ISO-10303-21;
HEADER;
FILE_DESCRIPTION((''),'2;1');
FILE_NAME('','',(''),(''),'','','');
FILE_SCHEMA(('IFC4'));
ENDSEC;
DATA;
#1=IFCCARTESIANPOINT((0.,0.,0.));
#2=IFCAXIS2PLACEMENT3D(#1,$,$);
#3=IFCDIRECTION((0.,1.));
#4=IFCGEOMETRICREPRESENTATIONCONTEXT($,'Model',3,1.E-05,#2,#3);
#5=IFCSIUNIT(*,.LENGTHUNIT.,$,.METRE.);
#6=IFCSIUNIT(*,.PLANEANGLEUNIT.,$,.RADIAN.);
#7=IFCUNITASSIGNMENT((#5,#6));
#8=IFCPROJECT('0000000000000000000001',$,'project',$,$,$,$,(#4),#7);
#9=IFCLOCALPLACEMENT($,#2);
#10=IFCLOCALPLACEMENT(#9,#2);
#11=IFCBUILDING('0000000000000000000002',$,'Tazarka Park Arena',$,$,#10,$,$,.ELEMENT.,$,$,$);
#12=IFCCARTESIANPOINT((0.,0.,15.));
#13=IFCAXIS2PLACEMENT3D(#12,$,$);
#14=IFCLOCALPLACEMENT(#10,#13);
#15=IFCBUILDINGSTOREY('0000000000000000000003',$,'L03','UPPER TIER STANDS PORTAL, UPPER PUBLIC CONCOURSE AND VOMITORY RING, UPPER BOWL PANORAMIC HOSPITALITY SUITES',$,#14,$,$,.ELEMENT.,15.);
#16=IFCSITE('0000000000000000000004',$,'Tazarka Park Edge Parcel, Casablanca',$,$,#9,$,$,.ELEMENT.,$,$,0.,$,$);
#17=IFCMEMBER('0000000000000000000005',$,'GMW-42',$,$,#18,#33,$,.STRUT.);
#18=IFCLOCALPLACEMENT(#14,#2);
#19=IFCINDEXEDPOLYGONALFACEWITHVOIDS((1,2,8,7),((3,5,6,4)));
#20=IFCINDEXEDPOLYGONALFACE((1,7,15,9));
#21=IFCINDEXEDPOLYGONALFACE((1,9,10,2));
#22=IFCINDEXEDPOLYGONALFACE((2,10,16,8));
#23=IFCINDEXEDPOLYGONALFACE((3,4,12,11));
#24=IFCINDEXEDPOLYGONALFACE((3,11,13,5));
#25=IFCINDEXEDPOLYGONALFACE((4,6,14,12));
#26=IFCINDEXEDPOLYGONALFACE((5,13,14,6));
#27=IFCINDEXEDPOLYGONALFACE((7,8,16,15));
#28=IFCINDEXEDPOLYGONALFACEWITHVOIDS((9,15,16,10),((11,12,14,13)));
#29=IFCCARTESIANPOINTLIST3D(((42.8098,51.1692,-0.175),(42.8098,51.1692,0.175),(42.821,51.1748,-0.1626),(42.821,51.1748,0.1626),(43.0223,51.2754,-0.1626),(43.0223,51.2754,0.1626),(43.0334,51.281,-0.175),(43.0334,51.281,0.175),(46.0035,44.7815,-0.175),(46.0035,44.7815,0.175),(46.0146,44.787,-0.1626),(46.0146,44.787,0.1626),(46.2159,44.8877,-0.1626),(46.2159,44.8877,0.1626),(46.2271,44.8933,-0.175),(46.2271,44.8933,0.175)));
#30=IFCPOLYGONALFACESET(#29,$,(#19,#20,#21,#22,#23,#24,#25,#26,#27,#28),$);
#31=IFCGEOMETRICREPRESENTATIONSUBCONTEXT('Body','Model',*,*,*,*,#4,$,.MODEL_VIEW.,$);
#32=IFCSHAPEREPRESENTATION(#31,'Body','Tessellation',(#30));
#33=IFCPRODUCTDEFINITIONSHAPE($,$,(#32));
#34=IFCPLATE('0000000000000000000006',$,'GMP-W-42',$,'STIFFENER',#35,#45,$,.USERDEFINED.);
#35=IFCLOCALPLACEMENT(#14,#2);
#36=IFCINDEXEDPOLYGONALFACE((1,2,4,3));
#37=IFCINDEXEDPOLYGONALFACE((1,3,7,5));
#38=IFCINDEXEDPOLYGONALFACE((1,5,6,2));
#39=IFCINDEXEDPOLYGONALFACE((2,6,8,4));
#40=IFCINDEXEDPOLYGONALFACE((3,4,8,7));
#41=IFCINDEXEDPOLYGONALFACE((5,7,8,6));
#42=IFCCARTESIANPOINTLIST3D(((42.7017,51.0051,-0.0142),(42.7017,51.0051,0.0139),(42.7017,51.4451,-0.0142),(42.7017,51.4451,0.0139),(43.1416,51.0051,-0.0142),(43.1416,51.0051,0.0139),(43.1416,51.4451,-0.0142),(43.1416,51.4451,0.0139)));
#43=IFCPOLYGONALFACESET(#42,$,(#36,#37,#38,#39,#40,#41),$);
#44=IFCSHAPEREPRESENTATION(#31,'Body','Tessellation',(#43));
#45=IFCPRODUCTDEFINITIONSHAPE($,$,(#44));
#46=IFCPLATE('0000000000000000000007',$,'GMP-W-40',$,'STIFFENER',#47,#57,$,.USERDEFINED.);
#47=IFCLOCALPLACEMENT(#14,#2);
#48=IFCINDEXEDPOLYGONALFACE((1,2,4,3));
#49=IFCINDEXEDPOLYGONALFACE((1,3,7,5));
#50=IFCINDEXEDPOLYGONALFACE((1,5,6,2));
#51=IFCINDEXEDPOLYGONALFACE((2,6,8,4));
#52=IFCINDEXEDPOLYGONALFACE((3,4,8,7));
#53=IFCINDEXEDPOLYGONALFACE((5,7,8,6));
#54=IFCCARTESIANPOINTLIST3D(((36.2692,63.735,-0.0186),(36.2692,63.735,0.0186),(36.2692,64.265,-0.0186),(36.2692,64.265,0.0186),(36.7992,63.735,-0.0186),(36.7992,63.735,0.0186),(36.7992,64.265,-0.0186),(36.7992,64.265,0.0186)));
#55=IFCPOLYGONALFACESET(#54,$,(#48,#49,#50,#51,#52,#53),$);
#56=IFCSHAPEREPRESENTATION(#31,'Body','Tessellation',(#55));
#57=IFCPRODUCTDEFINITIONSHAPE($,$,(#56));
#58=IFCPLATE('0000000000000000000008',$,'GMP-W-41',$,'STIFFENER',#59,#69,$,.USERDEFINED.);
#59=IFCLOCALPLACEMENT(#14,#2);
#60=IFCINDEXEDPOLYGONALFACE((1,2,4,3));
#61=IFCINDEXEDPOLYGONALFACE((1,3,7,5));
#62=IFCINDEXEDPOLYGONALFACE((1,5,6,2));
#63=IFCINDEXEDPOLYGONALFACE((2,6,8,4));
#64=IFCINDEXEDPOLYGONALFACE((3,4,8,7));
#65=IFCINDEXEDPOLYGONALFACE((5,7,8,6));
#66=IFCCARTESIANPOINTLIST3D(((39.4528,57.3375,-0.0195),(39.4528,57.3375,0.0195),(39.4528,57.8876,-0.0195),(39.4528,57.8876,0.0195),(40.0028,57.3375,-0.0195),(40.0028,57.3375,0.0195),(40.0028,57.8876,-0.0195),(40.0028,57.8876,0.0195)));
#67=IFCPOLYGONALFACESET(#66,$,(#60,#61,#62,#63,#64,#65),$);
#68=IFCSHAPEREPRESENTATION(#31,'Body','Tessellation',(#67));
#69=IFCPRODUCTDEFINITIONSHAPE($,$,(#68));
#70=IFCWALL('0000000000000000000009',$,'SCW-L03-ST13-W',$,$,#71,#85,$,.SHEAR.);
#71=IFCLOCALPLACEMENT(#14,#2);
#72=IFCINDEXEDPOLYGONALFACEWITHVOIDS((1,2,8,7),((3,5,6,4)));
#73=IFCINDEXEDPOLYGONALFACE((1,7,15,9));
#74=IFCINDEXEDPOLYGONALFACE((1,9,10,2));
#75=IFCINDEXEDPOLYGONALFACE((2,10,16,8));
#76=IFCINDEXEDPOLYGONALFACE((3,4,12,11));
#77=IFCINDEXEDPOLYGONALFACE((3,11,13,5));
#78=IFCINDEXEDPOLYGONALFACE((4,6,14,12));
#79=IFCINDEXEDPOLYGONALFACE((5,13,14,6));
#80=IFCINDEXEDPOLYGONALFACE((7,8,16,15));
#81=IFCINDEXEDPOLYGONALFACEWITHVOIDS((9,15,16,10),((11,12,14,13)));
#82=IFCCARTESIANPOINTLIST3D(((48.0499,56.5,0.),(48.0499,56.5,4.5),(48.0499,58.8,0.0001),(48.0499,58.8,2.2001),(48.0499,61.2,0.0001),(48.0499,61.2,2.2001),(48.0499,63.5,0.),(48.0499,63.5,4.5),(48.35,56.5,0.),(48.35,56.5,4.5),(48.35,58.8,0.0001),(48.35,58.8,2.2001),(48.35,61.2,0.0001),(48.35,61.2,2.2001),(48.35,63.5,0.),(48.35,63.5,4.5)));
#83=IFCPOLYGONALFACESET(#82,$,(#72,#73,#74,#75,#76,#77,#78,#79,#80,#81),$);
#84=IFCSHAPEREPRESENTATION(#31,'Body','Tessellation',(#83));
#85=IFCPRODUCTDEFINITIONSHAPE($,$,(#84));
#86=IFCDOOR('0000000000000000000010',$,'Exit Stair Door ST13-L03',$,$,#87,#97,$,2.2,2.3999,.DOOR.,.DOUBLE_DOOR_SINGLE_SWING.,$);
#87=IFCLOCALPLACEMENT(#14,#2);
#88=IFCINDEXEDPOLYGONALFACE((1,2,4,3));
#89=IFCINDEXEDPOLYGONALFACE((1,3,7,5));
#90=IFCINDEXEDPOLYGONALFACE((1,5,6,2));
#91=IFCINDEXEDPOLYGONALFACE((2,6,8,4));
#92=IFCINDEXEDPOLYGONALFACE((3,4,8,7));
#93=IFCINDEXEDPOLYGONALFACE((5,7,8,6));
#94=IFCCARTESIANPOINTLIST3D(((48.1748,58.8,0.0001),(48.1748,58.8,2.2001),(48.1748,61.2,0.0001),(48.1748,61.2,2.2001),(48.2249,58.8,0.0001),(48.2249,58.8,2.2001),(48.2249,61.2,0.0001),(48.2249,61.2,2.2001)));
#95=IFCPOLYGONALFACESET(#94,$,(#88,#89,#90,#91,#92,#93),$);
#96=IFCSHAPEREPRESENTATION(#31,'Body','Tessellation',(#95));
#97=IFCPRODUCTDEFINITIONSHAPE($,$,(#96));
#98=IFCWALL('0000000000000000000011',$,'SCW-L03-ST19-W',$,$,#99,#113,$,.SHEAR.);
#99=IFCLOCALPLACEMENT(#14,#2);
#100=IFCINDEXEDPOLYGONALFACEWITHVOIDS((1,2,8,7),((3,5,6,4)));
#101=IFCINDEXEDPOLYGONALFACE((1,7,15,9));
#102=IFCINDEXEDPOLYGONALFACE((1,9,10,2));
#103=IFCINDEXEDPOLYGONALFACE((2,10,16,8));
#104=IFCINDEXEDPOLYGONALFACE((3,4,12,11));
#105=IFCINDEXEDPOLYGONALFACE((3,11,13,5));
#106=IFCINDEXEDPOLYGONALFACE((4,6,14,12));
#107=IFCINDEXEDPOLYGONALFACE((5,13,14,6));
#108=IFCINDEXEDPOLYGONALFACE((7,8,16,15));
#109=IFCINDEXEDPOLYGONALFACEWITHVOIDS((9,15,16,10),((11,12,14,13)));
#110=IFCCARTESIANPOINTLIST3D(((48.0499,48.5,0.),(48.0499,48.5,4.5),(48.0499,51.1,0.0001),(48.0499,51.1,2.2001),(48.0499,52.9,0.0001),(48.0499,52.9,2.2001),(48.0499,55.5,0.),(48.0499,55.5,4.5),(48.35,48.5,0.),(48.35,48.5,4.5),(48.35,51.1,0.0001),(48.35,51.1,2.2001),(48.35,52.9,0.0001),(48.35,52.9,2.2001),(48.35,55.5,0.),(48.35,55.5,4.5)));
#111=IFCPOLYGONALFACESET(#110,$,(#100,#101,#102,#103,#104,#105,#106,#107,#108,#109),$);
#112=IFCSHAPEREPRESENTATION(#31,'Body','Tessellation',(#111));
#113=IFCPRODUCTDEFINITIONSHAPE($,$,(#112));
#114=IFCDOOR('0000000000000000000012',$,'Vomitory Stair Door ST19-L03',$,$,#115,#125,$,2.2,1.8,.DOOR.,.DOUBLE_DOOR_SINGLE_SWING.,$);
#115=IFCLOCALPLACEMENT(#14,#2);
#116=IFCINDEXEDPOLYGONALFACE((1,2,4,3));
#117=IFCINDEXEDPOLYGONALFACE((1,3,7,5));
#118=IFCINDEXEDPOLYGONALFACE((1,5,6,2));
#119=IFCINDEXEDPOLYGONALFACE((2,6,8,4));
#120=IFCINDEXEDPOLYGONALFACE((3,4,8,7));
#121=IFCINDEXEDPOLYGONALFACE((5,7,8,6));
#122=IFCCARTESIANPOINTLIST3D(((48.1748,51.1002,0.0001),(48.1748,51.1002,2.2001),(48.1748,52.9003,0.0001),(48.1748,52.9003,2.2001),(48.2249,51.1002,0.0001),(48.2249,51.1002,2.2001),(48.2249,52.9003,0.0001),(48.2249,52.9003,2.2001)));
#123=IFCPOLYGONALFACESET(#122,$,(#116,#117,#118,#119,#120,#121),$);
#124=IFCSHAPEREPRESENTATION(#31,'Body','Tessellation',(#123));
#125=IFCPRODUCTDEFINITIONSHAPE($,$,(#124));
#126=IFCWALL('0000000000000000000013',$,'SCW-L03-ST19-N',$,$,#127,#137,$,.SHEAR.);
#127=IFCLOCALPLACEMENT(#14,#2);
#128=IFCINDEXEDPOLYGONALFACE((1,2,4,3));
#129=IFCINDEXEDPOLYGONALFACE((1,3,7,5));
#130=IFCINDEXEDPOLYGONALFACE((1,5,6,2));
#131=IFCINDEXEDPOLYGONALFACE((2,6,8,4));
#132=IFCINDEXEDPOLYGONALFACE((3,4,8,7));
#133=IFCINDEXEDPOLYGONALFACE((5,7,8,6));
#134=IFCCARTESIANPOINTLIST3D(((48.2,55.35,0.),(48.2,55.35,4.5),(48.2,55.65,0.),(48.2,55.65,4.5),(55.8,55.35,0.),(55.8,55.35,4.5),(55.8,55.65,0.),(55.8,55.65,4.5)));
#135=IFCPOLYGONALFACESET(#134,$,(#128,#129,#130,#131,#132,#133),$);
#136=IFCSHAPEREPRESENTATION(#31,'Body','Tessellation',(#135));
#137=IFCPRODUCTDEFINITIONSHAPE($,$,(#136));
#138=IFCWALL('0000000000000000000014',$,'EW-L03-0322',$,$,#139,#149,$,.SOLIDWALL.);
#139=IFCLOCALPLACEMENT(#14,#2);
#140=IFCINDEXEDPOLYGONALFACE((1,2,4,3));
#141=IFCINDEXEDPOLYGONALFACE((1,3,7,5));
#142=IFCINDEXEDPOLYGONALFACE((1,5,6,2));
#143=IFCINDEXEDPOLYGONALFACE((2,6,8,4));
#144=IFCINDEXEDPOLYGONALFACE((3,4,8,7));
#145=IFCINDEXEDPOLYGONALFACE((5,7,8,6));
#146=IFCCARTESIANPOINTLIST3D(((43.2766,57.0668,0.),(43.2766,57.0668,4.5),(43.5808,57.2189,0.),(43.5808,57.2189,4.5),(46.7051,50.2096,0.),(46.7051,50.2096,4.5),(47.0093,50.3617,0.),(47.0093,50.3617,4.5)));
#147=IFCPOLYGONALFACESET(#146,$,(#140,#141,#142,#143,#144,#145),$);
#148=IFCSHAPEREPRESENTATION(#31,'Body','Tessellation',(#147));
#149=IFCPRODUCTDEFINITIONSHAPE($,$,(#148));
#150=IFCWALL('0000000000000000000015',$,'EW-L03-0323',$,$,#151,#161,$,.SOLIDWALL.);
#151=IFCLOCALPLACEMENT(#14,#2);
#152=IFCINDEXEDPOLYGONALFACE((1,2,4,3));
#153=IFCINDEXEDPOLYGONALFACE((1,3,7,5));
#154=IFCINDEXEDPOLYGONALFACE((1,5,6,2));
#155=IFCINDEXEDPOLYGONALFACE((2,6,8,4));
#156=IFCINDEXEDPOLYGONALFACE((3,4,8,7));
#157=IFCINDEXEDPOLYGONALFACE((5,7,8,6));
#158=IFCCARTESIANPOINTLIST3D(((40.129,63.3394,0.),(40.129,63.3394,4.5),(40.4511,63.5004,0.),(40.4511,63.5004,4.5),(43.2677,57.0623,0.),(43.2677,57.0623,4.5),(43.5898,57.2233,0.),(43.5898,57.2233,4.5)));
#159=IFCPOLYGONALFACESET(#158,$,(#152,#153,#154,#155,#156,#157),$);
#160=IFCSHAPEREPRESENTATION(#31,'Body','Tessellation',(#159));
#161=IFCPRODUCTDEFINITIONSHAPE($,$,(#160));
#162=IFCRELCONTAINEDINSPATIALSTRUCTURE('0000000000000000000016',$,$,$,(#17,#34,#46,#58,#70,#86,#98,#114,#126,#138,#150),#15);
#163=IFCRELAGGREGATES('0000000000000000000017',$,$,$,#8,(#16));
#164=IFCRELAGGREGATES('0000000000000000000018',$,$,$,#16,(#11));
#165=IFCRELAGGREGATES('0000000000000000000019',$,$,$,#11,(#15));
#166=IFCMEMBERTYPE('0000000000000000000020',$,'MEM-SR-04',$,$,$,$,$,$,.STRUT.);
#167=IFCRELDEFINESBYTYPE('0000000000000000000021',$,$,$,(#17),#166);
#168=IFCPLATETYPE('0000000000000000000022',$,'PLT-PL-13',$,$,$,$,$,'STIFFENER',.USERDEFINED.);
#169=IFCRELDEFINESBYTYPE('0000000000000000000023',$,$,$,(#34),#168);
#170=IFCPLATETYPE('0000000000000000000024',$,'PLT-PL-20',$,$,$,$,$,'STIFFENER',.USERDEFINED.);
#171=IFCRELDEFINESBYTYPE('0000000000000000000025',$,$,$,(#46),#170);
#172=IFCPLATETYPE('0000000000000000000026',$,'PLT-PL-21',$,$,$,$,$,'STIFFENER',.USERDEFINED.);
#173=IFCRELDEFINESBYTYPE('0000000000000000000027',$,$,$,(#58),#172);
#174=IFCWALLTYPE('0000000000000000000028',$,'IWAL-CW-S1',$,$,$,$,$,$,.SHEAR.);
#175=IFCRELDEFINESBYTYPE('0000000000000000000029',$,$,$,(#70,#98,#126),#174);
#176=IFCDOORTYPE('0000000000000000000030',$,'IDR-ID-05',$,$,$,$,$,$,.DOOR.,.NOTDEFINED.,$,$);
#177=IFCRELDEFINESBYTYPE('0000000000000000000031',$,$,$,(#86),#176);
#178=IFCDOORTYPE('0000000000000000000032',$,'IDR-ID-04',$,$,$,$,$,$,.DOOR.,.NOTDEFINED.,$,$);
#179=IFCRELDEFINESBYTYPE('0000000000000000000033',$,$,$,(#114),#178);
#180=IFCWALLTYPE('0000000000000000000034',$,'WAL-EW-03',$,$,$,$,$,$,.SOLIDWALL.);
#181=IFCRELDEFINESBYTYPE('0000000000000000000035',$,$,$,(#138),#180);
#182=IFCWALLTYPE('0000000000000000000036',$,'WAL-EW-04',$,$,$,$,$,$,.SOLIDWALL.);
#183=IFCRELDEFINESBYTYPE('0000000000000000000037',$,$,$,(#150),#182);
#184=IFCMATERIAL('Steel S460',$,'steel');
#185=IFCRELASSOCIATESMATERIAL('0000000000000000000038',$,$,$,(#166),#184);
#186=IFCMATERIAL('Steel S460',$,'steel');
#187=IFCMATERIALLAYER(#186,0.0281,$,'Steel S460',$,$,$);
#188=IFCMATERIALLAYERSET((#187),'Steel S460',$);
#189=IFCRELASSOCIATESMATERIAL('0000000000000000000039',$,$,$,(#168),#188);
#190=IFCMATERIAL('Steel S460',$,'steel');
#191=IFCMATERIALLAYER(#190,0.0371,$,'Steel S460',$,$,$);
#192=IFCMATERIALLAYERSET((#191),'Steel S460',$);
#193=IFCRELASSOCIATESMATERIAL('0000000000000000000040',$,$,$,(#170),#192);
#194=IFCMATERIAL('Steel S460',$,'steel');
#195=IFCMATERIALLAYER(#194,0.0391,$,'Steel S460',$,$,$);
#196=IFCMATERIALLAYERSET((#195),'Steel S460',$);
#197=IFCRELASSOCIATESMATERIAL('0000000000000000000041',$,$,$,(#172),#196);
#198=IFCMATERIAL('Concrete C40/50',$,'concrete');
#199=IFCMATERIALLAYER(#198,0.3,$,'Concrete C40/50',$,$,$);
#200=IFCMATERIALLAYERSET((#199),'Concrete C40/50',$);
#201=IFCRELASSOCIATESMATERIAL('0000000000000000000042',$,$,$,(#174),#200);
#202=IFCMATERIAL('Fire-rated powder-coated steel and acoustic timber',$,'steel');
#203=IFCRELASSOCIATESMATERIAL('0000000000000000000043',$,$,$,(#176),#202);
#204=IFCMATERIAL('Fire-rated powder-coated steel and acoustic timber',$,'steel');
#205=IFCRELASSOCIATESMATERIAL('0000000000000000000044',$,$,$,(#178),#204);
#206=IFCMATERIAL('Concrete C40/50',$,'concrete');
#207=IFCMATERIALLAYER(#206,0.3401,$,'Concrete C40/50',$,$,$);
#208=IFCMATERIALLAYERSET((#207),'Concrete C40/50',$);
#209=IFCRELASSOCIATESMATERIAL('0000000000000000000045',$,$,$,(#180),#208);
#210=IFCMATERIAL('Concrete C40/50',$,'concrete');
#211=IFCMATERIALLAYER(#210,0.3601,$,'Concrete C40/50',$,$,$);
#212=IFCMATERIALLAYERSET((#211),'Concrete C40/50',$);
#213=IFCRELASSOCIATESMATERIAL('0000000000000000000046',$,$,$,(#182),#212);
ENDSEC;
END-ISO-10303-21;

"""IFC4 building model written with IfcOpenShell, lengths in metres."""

from ifc_helpers import new_model, si_unit, direction, frame, frame_2d, origin, origin_2d, place, context, subcontext, project, spatial, rectangle, hollow_rectangle, extrude, material, layer, layer_set, material_profile, profile_set, type_object, element, fill, save


model = new_model("IFC4")

# Units and contexts
model_context = context("Model", 3, precision=1e-05, world=origin(), true_north=direction((0.0, 1.0)))
body_context = subcontext(model_context, "Body", "Model", "MODEL_VIEW")
ifc_project = project(units=[si_unit("LENGTHUNIT", "METRE"), si_unit("PLANEANGLEUNIT", "RADIAN")], contexts=[model_context])

# Site, building, storey
site_placement = place(None, origin())
site = spatial("IfcSite", under=ifc_project, at=site_placement, Name="Tazarka Park Edge Parcel, Casablanca", CompositionType="ELEMENT", RefElevation=0.0)
building_placement = place(site_placement, origin())
building = spatial("IfcBuilding", under=site, at=building_placement, Name="Tazarka Park Arena", CompositionType="ELEMENT")
storey_placement = place(building_placement, frame((0.0, 0.0, 15.0)))
storey = spatial("IfcBuildingStorey", under=building, at=storey_placement, Name="L03", Description="UPPER TIER STANDS PORTAL, UPPER PUBLIC CONCOURSE AND VOMITORY RING, UPPER BOWL PANORAMIC HOSPITALITY SUITES", CompositionType="ELEMENT", Elevation=15.0)

# Member
ifc_material_1 = material(Name="Steel S460", Category="steel")
ifc_material_profile_1 = material_profile(ifc_material_1, hollow_rectangle(XDim=0.25, YDim=0.3501, WallThickness=0.0125, at=origin_2d()), Name="Steel S460")
ifc_profile_set_1 = profile_set([ifc_material_profile_1], Name="Steel S460")
member_type_1 = type_object("IfcMemberType", Name="MEM-SR-04", PredefinedType="STRUT", material=ifc_profile_set_1)
member_1_placement = place(storey_placement, frame((42.9216, 51.2251, 0.0), z_axis=(0.447186, -0.894441, 0.0), x_axis=(0.894441, 0.447186, 0.0)))
element("IfcMember", 1, at=member_1_placement, inside=storey, type_object=member_type_1, Name="GMW-42", PredefinedType="STRUT", context=body_context, shape_type="SweptSolid", body=[
    extrude(hollow_rectangle(XDim=0.25, YDim=0.3501, WallThickness=0.0125, at=origin_2d()), origin(), (0.0, 0.0, 1.0), 7.1416),
])

# Plates
ifc_material_2 = material(Name="Steel S460", Category="steel")
ifc_layer_1 = layer(ifc_material_2, 0.0281, Name="Steel S460")
ifc_layer_set_1 = layer_set([ifc_layer_1], Name="Steel S460")
plate_type_1 = type_object("IfcPlateType", Name="PLT-PL-13", ElementType="STIFFENER", PredefinedType="USERDEFINED", material=ifc_layer_set_1)
plate_1_placement = place(storey_placement, frame((42.9216, 51.2251, -0.0142), z_axis=(0.0, 0.0, 1.0), x_axis=(1.0, 0.0, 0.0)))
element("IfcPlate", 2, at=plate_1_placement, inside=storey, type_object=plate_type_1, Name="GMP-W-42", ObjectType="STIFFENER", PredefinedType="USERDEFINED", context=body_context, shape_type="SweptSolid", body=[
    extrude(rectangle(XDim=0.4399, YDim=0.4399, at=origin_2d()), origin(), (0.0, 0.0, 1.0), 0.0281),
])
ifc_material_3 = material(Name="Steel S460", Category="steel")
ifc_layer_2 = layer(ifc_material_3, 0.0371, Name="Steel S460")
ifc_layer_set_2 = layer_set([ifc_layer_2], Name="Steel S460")
plate_type_2 = type_object("IfcPlateType", Name="PLT-PL-20", ElementType="STIFFENER", PredefinedType="USERDEFINED", material=ifc_layer_set_2)
plate_2_placement = place(storey_placement, frame((36.5342, 64.0, -0.0186), z_axis=(0.0, 0.0, 1.0), x_axis=(1.0, 0.0, 0.0)))
element("IfcPlate", 3, at=plate_2_placement, inside=storey, type_object=plate_type_2, Name="GMP-W-40", ObjectType="STIFFENER", PredefinedType="USERDEFINED", context=body_context, shape_type="SweptSolid", body=[
    extrude(rectangle(XDim=0.53, YDim=0.53, at=origin_2d()), origin(), (0.0, 0.0, 1.0), 0.0371),
])
ifc_material_4 = material(Name="Steel S460", Category="steel")
ifc_layer_3 = layer(ifc_material_4, 0.0391, Name="Steel S460")
ifc_layer_set_3 = layer_set([ifc_layer_3], Name="Steel S460")
plate_type_3 = type_object("IfcPlateType", Name="PLT-PL-21", ElementType="STIFFENER", PredefinedType="USERDEFINED", material=ifc_layer_set_3)
plate_3_placement = place(storey_placement, frame((39.7278, 57.6125, -0.0195), z_axis=(0.0, 0.0, 1.0), x_axis=(1.0, 0.0, 0.0)))
element("IfcPlate", 4, at=plate_3_placement, inside=storey, type_object=plate_type_3, Name="GMP-W-41", ObjectType="STIFFENER", PredefinedType="USERDEFINED", context=body_context, shape_type="SweptSolid", body=[
    extrude(rectangle(XDim=0.55, YDim=0.55, at=origin_2d()), origin(), (0.0, 0.0, 1.0), 0.0391),
])

# Walls, openings, doors
ifc_material_5 = material(Name="Concrete C40/50", Category="concrete")
ifc_layer_4 = layer(ifc_material_5, 0.3, Name="Concrete C40/50")
ifc_layer_set_4 = layer_set([ifc_layer_4], Name="Concrete C40/50")
wall_type_1 = type_object("IfcWallType", Name="IWAL-CW-S1", PredefinedType="SHEAR", material=ifc_layer_set_4)
wall_1_placement = place(storey_placement, frame((48.2, 56.5, 0.0), z_axis=(0.0, 0.0, 1.0), x_axis=(0.0, 1.0, 0.0)))
wall_1 = element("IfcWall", 5, at=wall_1_placement, inside=storey, type_object=wall_type_1, Name="SCW-L03-ST13-W", PredefinedType="SHEAR", context=body_context, shape_type="SweptSolid", body=[
    extrude(rectangle(XDim=7.0, YDim=0.3, at=frame_2d((3.5, 0.0))), origin(), (0.0, 0.0, 1.0), 4.5),
])
opening_1_placement = place(wall_1_placement, frame((2.3, 0.0, 0.0)))
opening_1 = element("IfcOpeningElement", 6, at=opening_1_placement, cuts=wall_1, PredefinedType="OPENING", context=body_context, shape_type="SweptSolid", body=[
    extrude(rectangle(XDim=2.3999, YDim=2.2, at=frame_2d((1.2, 1.1001))), frame((0.0, 0.1602, 0.0), z_axis=(0.0, -1.0, 0.0), x_axis=(1.0, 0.0, 0.0)), (0.0, 0.0, 1.0), 0.3201),
])
ifc_material_6 = material(Name="Fire-rated powder-coated steel and acoustic timber", Category="steel")
door_type_1 = type_object("IfcDoorType", Name="IDR-ID-05", OperationType="NOTDEFINED", PredefinedType="DOOR", material=ifc_material_6)
door_1_placement = place(opening_1_placement, frame((2.3999, 0.0, 0.0), z_axis=(0.0, 0.0, 1.0), x_axis=(-1.0, 0.0, 0.0)))
door_1 = element("IfcDoor", 7, at=door_1_placement, inside=storey, type_object=door_type_1, Name="Exit Stair Door ST13-L03", OperationType="DOUBLE_DOOR_SINGLE_SWING", OverallHeight=2.2, OverallWidth=2.3999, PredefinedType="DOOR", context=body_context, shape_type="SweptSolid", body=[
    extrude(rectangle(XDim=2.3999, YDim=2.2, at=frame_2d((1.2, 1.1001))), frame((0.0, 0.0249, 0.0), z_axis=(0.0, -1.0, 0.0), x_axis=(1.0, 0.0, 0.0)), (0.0, 0.0, 1.0), 0.05),
])
fill(opening_1, door_1)
wall_2_placement = place(storey_placement, frame((48.2, 48.5, 0.0), z_axis=(0.0, 0.0, 1.0), x_axis=(0.0, 1.0, 0.0)))
wall_2 = element("IfcWall", 8, at=wall_2_placement, inside=storey, type_object=wall_type_1, Name="SCW-L03-ST19-W", PredefinedType="SHEAR", context=body_context, shape_type="SweptSolid", body=[
    extrude(rectangle(XDim=7.0, YDim=0.3, at=frame_2d((3.5, 0.0))), origin(), (0.0, 0.0, 1.0), 4.5),
])
opening_2_placement = place(wall_2_placement, frame((2.6001, 0.0, 0.0)))
opening_2 = element("IfcOpeningElement", 9, at=opening_2_placement, cuts=wall_2, PredefinedType="OPENING", context=body_context, shape_type="SweptSolid", body=[
    extrude(rectangle(XDim=1.8, YDim=2.2, at=frame_2d((0.8999, 1.1001))), frame((0.0, 0.1602, 0.0), z_axis=(0.0, -1.0, 0.0), x_axis=(1.0, 0.0, 0.0)), (0.0, 0.0, 1.0), 0.3201),
])
ifc_material_7 = material(Name="Fire-rated powder-coated steel and acoustic timber", Category="steel")
door_type_2 = type_object("IfcDoorType", Name="IDR-ID-04", OperationType="NOTDEFINED", PredefinedType="DOOR", material=ifc_material_7)
door_2_placement = place(opening_2_placement, frame((1.8, 0.0, 0.0), z_axis=(0.0, 0.0, 1.0), x_axis=(-1.0, 0.0, 0.0)))
door_2 = element("IfcDoor", 10, at=door_2_placement, inside=storey, type_object=door_type_2, Name="Vomitory Stair Door ST19-L03", OperationType="DOUBLE_DOOR_SINGLE_SWING", OverallHeight=2.2, OverallWidth=1.8, PredefinedType="DOOR", context=body_context, shape_type="SweptSolid", body=[
    extrude(rectangle(XDim=1.8, YDim=2.2, at=frame_2d((0.8999, 1.1001))), frame((0.0, 0.0249, 0.0), z_axis=(0.0, -1.0, 0.0), x_axis=(1.0, 0.0, 0.0)), (0.0, 0.0, 1.0), 0.05),
])
fill(opening_2, door_2)

# Walls
wall_3_placement = place(storey_placement, frame((48.2, 55.5, 0.0), z_axis=(0.0, 0.0, 1.0), x_axis=(1.0, 0.0, 0.0)))
element("IfcWall", 11, at=wall_3_placement, inside=storey, type_object=wall_type_1, Name="SCW-L03-ST19-N", PredefinedType="SHEAR", context=body_context, shape_type="SweptSolid", body=[
    extrude(rectangle(XDim=7.6001, YDim=0.3, at=frame_2d((3.8, 0.0))), origin(), (0.0, 0.0, 1.0), 4.5),
])
ifc_material_8 = material(Name="Concrete C40/50", Category="concrete")
ifc_layer_5 = layer(ifc_material_8, 0.3401, Name="Concrete C40/50")
ifc_layer_set_5 = layer_set([ifc_layer_5], Name="Concrete C40/50")
wall_type_2 = type_object("IfcWallType", Name="WAL-EW-03", PredefinedType="SOLIDWALL", material=ifc_layer_set_5)
wall_4_placement = place(storey_placement, frame((46.8572, 50.2856, 0.0), z_axis=(0.0, 0.0, 1.0), x_axis=(-0.447201, 0.894434, 0.0)))
element("IfcWall", 12, at=wall_4_placement, inside=storey, type_object=wall_type_2, Name="EW-L03-0322", PredefinedType="SOLIDWALL", context=body_context, shape_type="SweptSolid", body=[
    extrude(rectangle(XDim=7.6665, YDim=0.3401, at=frame_2d((3.8333, 0.0))), origin(), (0.0, 0.0, 1.0), 4.5),
])
ifc_material_9 = material(Name="Concrete C40/50", Category="concrete")
ifc_layer_6 = layer(ifc_material_9, 0.3601, Name="Concrete C40/50")
ifc_layer_set_6 = layer_set([ifc_layer_6], Name="Concrete C40/50")
wall_type_3 = type_object("IfcWallType", Name="WAL-EW-04", PredefinedType="SOLIDWALL", material=ifc_layer_set_6)
wall_5_placement = place(storey_placement, frame((43.4287, 57.1428, 0.0), z_axis=(0.0, 0.0, 1.0), x_axis=(-0.447228, 0.89442, 0.0)))
element("IfcWall", 13, at=wall_5_placement, inside=storey, type_object=wall_type_3, Name="EW-L03-0323", PredefinedType="SOLIDWALL", context=body_context, shape_type="SweptSolid", body=[
    extrude(rectangle(XDim=7.0181, YDim=0.3601, at=frame_2d((3.509, 0.0))), origin(), (0.0, 0.0, 1.0), 4.5),
])

save(model, "model.ifc")
